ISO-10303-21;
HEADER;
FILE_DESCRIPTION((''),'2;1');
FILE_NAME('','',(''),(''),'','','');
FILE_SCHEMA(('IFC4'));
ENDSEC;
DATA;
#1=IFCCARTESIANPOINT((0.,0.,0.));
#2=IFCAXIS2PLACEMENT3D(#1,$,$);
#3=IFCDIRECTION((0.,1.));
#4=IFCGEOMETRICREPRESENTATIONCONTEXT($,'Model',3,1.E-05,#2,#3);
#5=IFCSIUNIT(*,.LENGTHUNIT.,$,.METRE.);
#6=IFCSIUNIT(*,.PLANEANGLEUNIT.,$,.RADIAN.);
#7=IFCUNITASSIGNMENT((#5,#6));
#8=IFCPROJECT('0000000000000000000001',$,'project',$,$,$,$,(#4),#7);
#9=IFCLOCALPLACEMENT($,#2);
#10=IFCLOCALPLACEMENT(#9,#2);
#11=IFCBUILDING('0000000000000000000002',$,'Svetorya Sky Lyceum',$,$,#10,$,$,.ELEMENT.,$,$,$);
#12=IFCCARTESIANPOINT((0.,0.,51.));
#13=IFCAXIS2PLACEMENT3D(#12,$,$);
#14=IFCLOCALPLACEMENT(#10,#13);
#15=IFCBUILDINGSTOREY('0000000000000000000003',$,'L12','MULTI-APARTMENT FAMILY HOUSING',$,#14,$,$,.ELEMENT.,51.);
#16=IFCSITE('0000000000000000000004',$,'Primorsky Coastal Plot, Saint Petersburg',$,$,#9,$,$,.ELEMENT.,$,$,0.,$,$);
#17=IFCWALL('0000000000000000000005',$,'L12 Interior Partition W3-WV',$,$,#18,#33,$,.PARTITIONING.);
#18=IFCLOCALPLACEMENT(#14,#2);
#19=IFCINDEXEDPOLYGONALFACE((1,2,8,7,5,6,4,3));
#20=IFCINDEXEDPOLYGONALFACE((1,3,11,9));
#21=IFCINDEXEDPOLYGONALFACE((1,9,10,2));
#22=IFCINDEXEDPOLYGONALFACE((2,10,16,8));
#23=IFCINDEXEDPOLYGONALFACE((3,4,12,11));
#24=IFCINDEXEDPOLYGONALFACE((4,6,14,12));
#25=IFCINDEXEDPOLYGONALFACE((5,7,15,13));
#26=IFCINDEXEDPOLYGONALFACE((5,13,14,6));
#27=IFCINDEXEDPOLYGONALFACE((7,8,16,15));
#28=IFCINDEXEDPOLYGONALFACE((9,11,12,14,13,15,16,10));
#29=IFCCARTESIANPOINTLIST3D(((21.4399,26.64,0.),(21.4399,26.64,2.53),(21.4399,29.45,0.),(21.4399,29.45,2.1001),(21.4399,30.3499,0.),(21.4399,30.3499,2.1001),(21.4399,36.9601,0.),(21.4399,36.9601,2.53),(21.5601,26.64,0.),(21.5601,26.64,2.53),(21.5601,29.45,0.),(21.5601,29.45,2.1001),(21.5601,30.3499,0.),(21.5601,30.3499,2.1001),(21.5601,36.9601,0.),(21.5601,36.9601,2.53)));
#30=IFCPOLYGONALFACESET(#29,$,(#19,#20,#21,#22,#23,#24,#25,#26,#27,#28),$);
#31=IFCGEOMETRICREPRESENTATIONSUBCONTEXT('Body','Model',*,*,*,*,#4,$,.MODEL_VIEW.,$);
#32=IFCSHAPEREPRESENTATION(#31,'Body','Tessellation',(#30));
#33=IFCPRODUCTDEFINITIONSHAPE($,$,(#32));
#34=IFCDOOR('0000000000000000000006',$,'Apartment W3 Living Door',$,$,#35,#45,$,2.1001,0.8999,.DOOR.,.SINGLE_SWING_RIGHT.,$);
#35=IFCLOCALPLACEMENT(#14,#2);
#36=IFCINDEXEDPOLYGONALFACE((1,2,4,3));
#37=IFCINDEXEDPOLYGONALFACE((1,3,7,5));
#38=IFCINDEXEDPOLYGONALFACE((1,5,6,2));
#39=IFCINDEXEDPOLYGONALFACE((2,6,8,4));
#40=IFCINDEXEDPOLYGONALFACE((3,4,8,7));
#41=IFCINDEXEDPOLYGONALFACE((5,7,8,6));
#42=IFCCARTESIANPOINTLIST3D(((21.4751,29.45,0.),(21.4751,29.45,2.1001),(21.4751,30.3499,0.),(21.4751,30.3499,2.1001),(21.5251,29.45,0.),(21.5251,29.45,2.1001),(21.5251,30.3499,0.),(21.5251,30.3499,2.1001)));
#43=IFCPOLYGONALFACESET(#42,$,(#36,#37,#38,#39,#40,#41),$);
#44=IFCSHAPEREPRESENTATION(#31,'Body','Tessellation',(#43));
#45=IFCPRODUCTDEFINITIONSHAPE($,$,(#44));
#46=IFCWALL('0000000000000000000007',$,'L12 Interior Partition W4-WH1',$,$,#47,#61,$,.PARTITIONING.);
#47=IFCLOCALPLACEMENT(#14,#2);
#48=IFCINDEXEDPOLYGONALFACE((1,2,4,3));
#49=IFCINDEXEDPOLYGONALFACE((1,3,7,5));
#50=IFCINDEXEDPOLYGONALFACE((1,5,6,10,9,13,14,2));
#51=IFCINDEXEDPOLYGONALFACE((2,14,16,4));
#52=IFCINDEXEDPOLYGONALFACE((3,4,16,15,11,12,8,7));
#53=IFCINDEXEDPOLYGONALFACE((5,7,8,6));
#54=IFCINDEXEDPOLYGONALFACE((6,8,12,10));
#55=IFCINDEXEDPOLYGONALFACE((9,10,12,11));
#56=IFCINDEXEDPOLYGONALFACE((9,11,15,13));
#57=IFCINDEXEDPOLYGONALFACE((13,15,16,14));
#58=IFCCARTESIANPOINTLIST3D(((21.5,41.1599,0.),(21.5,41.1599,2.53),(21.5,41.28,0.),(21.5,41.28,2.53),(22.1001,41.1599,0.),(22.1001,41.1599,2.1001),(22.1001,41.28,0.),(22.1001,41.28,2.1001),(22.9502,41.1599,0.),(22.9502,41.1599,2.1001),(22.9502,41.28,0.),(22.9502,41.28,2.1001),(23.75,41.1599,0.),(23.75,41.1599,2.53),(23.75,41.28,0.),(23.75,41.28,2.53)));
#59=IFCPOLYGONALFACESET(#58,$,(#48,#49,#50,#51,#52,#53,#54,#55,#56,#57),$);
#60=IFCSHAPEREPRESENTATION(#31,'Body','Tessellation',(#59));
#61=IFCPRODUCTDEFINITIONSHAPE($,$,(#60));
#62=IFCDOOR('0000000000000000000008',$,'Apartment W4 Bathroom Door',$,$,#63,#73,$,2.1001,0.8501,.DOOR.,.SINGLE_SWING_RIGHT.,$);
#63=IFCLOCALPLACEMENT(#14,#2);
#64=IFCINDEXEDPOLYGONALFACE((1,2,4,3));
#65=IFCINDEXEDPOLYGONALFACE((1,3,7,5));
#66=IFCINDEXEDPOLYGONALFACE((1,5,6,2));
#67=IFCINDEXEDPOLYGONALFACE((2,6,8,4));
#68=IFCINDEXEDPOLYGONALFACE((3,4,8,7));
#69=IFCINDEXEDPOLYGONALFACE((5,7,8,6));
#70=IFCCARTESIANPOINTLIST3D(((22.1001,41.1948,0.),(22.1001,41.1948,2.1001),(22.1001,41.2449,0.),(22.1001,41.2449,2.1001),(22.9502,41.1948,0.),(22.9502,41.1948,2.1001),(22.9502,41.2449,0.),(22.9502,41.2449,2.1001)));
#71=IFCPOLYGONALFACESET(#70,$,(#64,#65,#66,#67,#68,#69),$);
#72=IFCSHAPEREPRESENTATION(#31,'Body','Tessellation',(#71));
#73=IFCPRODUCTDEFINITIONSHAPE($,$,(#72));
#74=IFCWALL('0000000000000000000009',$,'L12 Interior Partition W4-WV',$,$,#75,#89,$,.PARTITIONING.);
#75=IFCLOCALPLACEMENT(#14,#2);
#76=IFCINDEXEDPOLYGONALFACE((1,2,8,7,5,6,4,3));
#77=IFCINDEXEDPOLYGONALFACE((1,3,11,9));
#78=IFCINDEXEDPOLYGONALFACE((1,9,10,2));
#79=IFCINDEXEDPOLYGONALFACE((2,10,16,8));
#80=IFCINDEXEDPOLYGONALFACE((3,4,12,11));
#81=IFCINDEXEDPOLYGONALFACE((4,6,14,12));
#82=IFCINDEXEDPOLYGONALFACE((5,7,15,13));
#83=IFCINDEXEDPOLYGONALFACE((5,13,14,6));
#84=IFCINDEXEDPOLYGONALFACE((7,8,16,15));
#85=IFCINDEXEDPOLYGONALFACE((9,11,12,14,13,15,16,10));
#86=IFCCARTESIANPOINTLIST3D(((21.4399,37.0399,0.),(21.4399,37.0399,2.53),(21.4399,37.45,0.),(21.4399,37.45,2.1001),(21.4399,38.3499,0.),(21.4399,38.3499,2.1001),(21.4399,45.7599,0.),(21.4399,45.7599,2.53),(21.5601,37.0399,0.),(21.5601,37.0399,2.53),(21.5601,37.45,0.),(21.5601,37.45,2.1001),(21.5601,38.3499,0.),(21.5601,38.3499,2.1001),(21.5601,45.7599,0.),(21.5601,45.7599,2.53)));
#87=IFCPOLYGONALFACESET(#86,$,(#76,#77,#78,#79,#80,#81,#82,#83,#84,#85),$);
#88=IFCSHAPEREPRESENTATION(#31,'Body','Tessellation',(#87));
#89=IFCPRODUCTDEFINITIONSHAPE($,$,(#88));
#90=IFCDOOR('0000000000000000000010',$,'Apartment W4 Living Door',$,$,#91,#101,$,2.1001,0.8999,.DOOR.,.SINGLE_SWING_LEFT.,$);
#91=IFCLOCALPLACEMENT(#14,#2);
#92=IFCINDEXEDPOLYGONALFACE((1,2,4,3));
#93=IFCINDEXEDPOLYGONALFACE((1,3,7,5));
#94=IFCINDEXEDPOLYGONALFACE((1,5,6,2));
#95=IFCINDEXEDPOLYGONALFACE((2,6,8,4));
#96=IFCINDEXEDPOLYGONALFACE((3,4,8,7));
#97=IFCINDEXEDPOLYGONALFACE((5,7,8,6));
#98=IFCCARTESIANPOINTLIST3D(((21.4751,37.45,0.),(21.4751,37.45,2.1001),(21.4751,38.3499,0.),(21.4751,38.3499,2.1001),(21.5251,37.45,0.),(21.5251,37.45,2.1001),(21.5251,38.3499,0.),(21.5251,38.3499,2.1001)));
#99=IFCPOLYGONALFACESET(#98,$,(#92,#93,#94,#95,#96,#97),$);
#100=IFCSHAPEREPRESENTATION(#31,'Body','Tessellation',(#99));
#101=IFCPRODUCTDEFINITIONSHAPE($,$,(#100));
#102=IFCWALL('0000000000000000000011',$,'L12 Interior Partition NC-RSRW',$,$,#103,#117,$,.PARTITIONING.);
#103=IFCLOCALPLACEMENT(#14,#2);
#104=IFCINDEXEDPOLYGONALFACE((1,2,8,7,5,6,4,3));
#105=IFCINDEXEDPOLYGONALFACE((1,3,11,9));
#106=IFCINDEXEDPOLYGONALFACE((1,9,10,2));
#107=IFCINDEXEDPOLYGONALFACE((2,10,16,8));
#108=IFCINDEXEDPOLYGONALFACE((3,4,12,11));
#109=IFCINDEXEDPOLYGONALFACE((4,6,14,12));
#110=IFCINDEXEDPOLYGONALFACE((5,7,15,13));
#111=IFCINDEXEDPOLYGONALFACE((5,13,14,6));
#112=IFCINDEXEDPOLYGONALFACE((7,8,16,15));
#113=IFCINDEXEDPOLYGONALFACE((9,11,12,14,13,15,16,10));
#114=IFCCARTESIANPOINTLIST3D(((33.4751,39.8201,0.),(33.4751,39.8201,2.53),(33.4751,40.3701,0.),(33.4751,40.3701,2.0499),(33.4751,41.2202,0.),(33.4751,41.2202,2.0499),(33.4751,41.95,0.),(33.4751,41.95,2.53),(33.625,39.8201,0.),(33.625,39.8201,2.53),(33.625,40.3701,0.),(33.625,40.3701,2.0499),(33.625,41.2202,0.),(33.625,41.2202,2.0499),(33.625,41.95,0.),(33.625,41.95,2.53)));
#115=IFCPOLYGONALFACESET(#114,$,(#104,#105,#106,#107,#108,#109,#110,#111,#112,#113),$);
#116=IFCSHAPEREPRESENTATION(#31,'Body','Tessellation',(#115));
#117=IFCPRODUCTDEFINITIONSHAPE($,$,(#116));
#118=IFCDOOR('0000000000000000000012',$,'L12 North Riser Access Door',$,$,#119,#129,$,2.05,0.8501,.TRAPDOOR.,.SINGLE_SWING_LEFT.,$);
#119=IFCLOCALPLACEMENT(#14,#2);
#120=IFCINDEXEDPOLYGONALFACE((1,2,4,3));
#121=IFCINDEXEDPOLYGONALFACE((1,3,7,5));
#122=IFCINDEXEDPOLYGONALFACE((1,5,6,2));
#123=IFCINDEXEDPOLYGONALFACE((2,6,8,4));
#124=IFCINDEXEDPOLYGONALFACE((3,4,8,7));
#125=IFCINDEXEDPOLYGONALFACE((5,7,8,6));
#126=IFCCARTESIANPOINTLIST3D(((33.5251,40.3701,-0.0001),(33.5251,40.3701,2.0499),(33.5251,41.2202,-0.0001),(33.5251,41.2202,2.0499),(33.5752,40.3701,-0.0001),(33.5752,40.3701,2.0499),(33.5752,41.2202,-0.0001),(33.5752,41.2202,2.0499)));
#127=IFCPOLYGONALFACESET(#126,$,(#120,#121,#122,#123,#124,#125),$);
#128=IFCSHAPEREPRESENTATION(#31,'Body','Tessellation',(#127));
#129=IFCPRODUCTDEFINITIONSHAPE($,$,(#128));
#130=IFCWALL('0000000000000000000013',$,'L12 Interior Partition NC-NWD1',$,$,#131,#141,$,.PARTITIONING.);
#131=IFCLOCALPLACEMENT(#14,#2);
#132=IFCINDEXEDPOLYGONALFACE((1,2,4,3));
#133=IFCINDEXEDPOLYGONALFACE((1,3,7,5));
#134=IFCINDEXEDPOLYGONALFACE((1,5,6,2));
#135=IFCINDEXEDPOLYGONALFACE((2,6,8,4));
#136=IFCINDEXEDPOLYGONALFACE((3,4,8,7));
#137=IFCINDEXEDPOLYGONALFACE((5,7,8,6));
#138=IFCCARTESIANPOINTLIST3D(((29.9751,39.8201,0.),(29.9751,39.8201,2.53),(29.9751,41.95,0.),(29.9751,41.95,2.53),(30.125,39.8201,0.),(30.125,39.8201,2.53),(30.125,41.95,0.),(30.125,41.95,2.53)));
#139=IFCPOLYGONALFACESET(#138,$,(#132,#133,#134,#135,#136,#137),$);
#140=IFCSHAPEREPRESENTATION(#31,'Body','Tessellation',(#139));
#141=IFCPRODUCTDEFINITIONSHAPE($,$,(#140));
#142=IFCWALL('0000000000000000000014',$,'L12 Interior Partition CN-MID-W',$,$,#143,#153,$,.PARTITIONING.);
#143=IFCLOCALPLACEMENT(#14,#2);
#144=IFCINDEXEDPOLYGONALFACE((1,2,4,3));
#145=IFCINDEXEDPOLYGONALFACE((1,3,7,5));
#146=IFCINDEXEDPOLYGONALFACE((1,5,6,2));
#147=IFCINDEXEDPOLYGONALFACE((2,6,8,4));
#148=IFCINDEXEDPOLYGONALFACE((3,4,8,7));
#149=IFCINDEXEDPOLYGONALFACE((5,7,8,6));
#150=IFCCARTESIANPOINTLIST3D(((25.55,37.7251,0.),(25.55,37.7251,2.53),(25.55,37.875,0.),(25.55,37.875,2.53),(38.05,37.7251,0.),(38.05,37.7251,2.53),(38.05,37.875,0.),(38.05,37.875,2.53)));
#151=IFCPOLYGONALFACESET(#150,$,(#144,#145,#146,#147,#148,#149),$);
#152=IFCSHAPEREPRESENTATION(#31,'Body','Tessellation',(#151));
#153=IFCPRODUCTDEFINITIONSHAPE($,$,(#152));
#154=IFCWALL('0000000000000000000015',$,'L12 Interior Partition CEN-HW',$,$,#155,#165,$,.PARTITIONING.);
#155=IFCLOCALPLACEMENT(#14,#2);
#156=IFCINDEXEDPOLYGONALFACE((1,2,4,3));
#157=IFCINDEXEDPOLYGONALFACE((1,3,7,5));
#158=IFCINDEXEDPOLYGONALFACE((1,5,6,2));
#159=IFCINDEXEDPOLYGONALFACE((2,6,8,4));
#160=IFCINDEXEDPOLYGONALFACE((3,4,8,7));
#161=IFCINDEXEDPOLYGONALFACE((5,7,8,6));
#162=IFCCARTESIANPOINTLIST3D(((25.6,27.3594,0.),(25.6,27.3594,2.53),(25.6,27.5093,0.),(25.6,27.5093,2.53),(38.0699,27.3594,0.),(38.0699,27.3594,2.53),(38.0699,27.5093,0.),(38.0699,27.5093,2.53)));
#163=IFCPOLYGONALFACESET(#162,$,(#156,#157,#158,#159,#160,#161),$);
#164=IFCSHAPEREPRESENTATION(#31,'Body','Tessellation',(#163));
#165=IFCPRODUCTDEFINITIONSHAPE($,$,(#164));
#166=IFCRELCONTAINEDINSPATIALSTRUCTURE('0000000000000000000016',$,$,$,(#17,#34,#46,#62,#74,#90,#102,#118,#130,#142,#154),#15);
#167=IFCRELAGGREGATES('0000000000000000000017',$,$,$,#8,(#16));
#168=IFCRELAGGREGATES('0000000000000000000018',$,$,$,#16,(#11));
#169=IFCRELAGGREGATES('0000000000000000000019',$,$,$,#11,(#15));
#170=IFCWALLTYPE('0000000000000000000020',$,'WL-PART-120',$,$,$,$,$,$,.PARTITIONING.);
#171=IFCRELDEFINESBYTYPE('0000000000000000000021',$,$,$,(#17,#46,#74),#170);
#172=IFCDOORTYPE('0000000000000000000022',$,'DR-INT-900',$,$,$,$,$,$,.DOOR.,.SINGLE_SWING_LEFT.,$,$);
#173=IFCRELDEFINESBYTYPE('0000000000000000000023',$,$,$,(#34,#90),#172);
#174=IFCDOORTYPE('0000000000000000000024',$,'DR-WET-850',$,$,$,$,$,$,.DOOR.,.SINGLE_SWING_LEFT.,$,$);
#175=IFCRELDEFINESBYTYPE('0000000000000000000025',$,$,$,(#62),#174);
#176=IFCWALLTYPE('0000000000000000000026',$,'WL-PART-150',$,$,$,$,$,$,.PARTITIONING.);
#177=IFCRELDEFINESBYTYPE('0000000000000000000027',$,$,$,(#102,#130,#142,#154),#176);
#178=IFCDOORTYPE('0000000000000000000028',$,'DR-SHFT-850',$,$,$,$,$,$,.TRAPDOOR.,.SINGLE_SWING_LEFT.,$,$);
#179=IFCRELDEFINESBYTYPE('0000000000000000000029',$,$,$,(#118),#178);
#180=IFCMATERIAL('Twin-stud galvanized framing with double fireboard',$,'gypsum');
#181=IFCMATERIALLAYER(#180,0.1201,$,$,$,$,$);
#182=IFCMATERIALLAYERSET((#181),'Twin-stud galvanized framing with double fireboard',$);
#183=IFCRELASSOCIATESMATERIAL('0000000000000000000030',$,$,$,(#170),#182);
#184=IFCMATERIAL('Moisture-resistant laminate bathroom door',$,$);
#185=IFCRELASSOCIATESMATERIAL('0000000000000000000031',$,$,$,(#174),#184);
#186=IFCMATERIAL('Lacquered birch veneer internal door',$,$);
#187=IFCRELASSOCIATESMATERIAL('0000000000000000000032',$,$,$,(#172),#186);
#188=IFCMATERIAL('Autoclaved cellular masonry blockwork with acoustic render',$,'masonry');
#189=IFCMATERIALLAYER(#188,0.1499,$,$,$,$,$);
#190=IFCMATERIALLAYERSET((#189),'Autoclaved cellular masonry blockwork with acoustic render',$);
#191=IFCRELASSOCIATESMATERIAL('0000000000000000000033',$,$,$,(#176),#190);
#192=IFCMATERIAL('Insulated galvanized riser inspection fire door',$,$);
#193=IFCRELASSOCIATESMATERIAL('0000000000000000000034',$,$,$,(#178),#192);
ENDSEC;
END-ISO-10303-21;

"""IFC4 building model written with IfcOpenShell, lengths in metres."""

from ifc_helpers import new_model, si_unit, direction, frame, frame_2d, origin, place, context, subcontext, project, spatial, rectangle, extrude, material, layer, layer_set, type_object, element, fill, save


model = new_model("IFC4")

# Units and contexts
model_context = context("Model", 3, precision=1e-05, world=origin(), true_north=direction((0.0, 1.0)))
body_context = subcontext(model_context, "Body", "Model", "MODEL_VIEW")
ifc_project = project(units=[si_unit("LENGTHUNIT", "METRE"), si_unit("PLANEANGLEUNIT", "RADIAN")], contexts=[model_context])

# Site, building, storey
site_placement = place(None, origin())
site = spatial("IfcSite", under=ifc_project, at=site_placement, Name="Primorsky Coastal Plot, Saint Petersburg", CompositionType="ELEMENT", RefElevation=0.0)
building_placement = place(site_placement, origin())
building = spatial("IfcBuilding", under=site, at=building_placement, Name="Svetorya Sky Lyceum", CompositionType="ELEMENT")
storey_placement = place(building_placement, frame((0.0, 0.0, 51.0)))
storey = spatial("IfcBuildingStorey", under=building, at=storey_placement, Name="L12", Description="MULTI-APARTMENT FAMILY HOUSING", CompositionType="ELEMENT", Elevation=51.0)

# Walls, openings, doors
ifc_material_1 = material(Name="Twin-stud galvanized framing with double fireboard", Category="gypsum")
ifc_layer_1 = layer(ifc_material_1, 0.1201)
ifc_layer_set_1 = layer_set([ifc_layer_1], Name="Twin-stud galvanized framing with double fireboard")
wall_type_1 = type_object("IfcWallType", Name="WL-PART-120", PredefinedType="PARTITIONING", material=ifc_layer_set_1)
ifc_material_2 = material(Name="Moisture-resistant laminate bathroom door")
door_type_1 = type_object("IfcDoorType", Name="DR-WET-850", OperationType="SINGLE_SWING_LEFT", PredefinedType="DOOR", material=ifc_material_2)
wall_1_placement = place(storey_placement, frame((21.5, 26.6399, 0.0), z_axis=(0.0, 0.0, 1.0), x_axis=(0.0, 1.0, 0.0)))
wall_1 = element("IfcWall", 1, at=wall_1_placement, inside=storey, type_object=wall_type_1, Name="L12 Interior Partition W3-WV", PredefinedType="PARTITIONING", context=body_context, shape_type="SweptSolid", body=[
    extrude(rectangle(XDim=10.3201, YDim=0.1201, at=frame_2d((5.1602, 0.0))), origin(), (0.0, 0.0, 1.0), 2.53),
])
opening_1_placement = place(wall_1_placement, frame((2.8101, 0.0, 0.0)))
opening_1 = element("IfcOpeningElement", 2, at=opening_1_placement, cuts=wall_1, PredefinedType="OPENING", context=body_context, shape_type="SweptSolid", body=[
    extrude(rectangle(XDim=0.8999, YDim=2.1001, at=frame_2d((0.45, 1.05))), frame((0.0, 0.0701, 0.0), z_axis=(0.0, -1.0, 0.0), x_axis=(1.0, 0.0, 0.0)), (0.0, 0.0, 1.0), 0.1401),
])
ifc_material_3 = material(Name="Lacquered birch veneer internal door")
door_type_2 = type_object("IfcDoorType", Name="DR-INT-900", OperationType="SINGLE_SWING_LEFT", PredefinedType="DOOR", material=ifc_material_3)
door_1_placement = place(opening_1_placement, origin())
door_1 = element("IfcDoor", 3, at=door_1_placement, inside=storey, type_object=door_type_2, Name="Apartment W3 Living Door", OperationType="SINGLE_SWING_RIGHT", OverallHeight=2.1001, OverallWidth=0.8999, PredefinedType="DOOR", context=body_context, shape_type="SweptSolid", body=[
    extrude(rectangle(XDim=0.8999, YDim=2.1001, at=frame_2d((0.45, 1.05))), frame((0.0, 0.0249, 0.0), z_axis=(0.0, -1.0, 0.0), x_axis=(1.0, 0.0, 0.0)), (0.0, 0.0, 1.0), 0.05),
])
fill(opening_1, door_1)
wall_2_placement = place(storey_placement, frame((21.5, 41.22, 0.0), z_axis=(0.0, 0.0, 1.0), x_axis=(1.0, 0.0, 0.0)))
wall_2 = element("IfcWall", 4, at=wall_2_placement, inside=storey, type_object=wall_type_1, Name="L12 Interior Partition W4-WH1", PredefinedType="PARTITIONING", context=body_context, shape_type="SweptSolid", body=[
    extrude(rectangle(XDim=2.25, YDim=0.1201, at=frame_2d((1.125, 0.0))), origin(), (0.0, 0.0, 1.0), 2.53),
])
opening_2_placement = place(wall_2_placement, frame((0.6001, 0.0, 0.0)))
opening_2 = element("IfcOpeningElement", 5, at=opening_2_placement, cuts=wall_2, PredefinedType="OPENING", context=body_context, shape_type="SweptSolid", body=[
    extrude(rectangle(XDim=0.8501, YDim=2.1001, at=frame_2d((0.425, 1.05))), frame((0.0, 0.0701, 0.0), z_axis=(0.0, -1.0, 0.0), x_axis=(1.0, 0.0, 0.0)), (0.0, 0.0, 1.0), 0.1401),
])
door_2_placement = place(opening_2_placement, origin())
door_2 = element("IfcDoor", 6, at=door_2_placement, inside=storey, type_object=door_type_1, Name="Apartment W4 Bathroom Door", OperationType="SINGLE_SWING_RIGHT", OverallHeight=2.1001, OverallWidth=0.8501, PredefinedType="DOOR", context=body_context, shape_type="SweptSolid", body=[
    extrude(rectangle(XDim=0.8501, YDim=2.1001, at=frame_2d((0.425, 1.05))), frame((0.0, 0.0249, 0.0), z_axis=(0.0, -1.0, 0.0), x_axis=(1.0, 0.0, 0.0)), (0.0, 0.0, 1.0), 0.05),
])
fill(opening_2, door_2)
wall_3_placement = place(storey_placement, frame((21.5, 37.04, 0.0), z_axis=(0.0, 0.0, 1.0), x_axis=(0.0, 1.0, 0.0)))
wall_3 = element("IfcWall", 7, at=wall_3_placement, inside=storey, type_object=wall_type_1, Name="L12 Interior Partition W4-WV", PredefinedType="PARTITIONING", context=body_context, shape_type="SweptSolid", body=[
    extrude(rectangle(XDim=8.72, YDim=0.1201, at=frame_2d((4.3599, 0.0))), origin(), (0.0, 0.0, 1.0), 2.53),
])
opening_3_placement = place(wall_3_placement, frame((0.4099, 0.0, 0.0)))
opening_3 = element("IfcOpeningElement", 8, at=opening_3_placement, cuts=wall_3, PredefinedType="OPENING", context=body_context, shape_type="SweptSolid", body=[
    extrude(rectangle(XDim=0.8999, YDim=2.1001, at=frame_2d((0.45, 1.05))), frame((0.0, 0.0701, 0.0), z_axis=(0.0, -1.0, 0.0), x_axis=(1.0, 0.0, 0.0)), (0.0, 0.0, 1.0), 0.1401),
])
door_3_placement = place(opening_3_placement, origin())
door_3 = element("IfcDoor", 9, at=door_3_placement, inside=storey, type_object=door_type_2, Name="Apartment W4 Living Door", OperationType="SINGLE_SWING_LEFT", OverallHeight=2.1001, OverallWidth=0.8999, PredefinedType="DOOR", context=body_context, shape_type="SweptSolid", body=[
    extrude(rectangle(XDim=0.8999, YDim=2.1001, at=frame_2d((0.45, 1.05))), frame((0.0, 0.0249, 0.0), z_axis=(0.0, -1.0, 0.0), x_axis=(1.0, 0.0, 0.0)), (0.0, 0.0, 1.0), 0.05),
])
fill(opening_3, door_3)
ifc_material_4 = material(Name="Autoclaved cellular masonry blockwork with acoustic render", Category="masonry")
ifc_layer_2 = layer(ifc_material_4, 0.1499)
ifc_layer_set_2 = layer_set([ifc_layer_2], Name="Autoclaved cellular masonry blockwork with acoustic render")
wall_type_2 = type_object("IfcWallType", Name="WL-PART-150", PredefinedType="PARTITIONING", material=ifc_layer_set_2)
wall_4_placement = place(storey_placement, frame((33.55, 39.8201, 0.0), z_axis=(0.0, 0.0, 1.0), x_axis=(0.0, 1.0, 0.0)))
wall_4 = element("IfcWall", 10, at=wall_4_placement, inside=storey, type_object=wall_type_2, Name="L12 Interior Partition NC-RSRW", PredefinedType="PARTITIONING", context=body_context, shape_type="SweptSolid", body=[
    extrude(rectangle(XDim=2.1299, YDim=0.1499, at=frame_2d((1.0649, 0.0))), origin(), (0.0, 0.0, 1.0), 2.53),
])
opening_4_placement = place(wall_4_placement, frame((0.55, 0.0, 0.0)))
opening_4 = element("IfcOpeningElement", 11, at=opening_4_placement, cuts=wall_4, PredefinedType="OPENING", context=body_context, shape_type="SweptSolid", body=[
    extrude(rectangle(XDim=0.8501, YDim=2.05, at=frame_2d((0.425, 1.0249))), frame((0.0, 0.085, 0.0), z_axis=(0.0, -1.0, 0.0), x_axis=(1.0, 0.0, 0.0)), (0.0, 0.0, 1.0), 0.1699),
])
ifc_material_5 = material(Name="Insulated galvanized riser inspection fire door")
door_type_3 = type_object("IfcDoorType", Name="DR-SHFT-850", OperationType="SINGLE_SWING_LEFT", PredefinedType="TRAPDOOR", material=ifc_material_5)
door_4_placement = place(opening_4_placement, origin())
door_4 = element("IfcDoor", 12, at=door_4_placement, inside=storey, type_object=door_type_3, Name="L12 North Riser Access Door", OperationType="SINGLE_SWING_LEFT", OverallHeight=2.05, OverallWidth=0.8501, PredefinedType="TRAPDOOR", context=body_context, shape_type="SweptSolid", body=[
    extrude(rectangle(XDim=0.8501, YDim=2.05, at=frame_2d((0.425, 1.0249))), frame((0.0, 0.0249, 0.0), z_axis=(0.0, -1.0, 0.0), x_axis=(1.0, 0.0, 0.0)), (0.0, 0.0, 1.0), 0.05),
])
fill(opening_4, door_4)

# Walls
wall_5_placement = place(storey_placement, frame((30.05, 39.8201, 0.0), z_axis=(0.0, 0.0, 1.0), x_axis=(0.0, 1.0, 0.0)))
element("IfcWall", 13, at=wall_5_placement, inside=storey, type_object=wall_type_2, Name="L12 Interior Partition NC-NWD1", PredefinedType="PARTITIONING", context=body_context, shape_type="SweptSolid", body=[
    extrude(rectangle(XDim=2.1299, YDim=0.1499, at=frame_2d((1.0649, 0.0))), origin(), (0.0, 0.0, 1.0), 2.53),
])
wall_6_placement = place(storey_placement, frame((25.55, 37.8, 0.0), z_axis=(0.0, 0.0, 1.0), x_axis=(1.0, 0.0, 0.0)))
element("IfcWall", 14, at=wall_6_placement, inside=storey, type_object=wall_type_2, Name="L12 Interior Partition CN-MID-W", PredefinedType="PARTITIONING", context=body_context, shape_type="SweptSolid", body=[
    extrude(rectangle(XDim=12.5, YDim=0.1499, at=frame_2d((6.25, 0.0))), origin(), (0.0, 0.0, 1.0), 2.53),
])
wall_7_placement = place(storey_placement, frame((25.6001, 27.4343, 0.0), z_axis=(0.0, 0.0, 1.0), x_axis=(1.0, 0.0, 0.0)))
element("IfcWall", 15, at=wall_7_placement, inside=storey, type_object=wall_type_2, Name="L12 Interior Partition CEN-HW", PredefinedType="PARTITIONING", context=body_context, shape_type="SweptSolid", body=[
    extrude(rectangle(XDim=12.47, YDim=0.1499, at=frame_2d((6.2349, 0.0))), origin(), (0.0, 0.0, 1.0), 2.53),
])

save(model, "model.ifc")
